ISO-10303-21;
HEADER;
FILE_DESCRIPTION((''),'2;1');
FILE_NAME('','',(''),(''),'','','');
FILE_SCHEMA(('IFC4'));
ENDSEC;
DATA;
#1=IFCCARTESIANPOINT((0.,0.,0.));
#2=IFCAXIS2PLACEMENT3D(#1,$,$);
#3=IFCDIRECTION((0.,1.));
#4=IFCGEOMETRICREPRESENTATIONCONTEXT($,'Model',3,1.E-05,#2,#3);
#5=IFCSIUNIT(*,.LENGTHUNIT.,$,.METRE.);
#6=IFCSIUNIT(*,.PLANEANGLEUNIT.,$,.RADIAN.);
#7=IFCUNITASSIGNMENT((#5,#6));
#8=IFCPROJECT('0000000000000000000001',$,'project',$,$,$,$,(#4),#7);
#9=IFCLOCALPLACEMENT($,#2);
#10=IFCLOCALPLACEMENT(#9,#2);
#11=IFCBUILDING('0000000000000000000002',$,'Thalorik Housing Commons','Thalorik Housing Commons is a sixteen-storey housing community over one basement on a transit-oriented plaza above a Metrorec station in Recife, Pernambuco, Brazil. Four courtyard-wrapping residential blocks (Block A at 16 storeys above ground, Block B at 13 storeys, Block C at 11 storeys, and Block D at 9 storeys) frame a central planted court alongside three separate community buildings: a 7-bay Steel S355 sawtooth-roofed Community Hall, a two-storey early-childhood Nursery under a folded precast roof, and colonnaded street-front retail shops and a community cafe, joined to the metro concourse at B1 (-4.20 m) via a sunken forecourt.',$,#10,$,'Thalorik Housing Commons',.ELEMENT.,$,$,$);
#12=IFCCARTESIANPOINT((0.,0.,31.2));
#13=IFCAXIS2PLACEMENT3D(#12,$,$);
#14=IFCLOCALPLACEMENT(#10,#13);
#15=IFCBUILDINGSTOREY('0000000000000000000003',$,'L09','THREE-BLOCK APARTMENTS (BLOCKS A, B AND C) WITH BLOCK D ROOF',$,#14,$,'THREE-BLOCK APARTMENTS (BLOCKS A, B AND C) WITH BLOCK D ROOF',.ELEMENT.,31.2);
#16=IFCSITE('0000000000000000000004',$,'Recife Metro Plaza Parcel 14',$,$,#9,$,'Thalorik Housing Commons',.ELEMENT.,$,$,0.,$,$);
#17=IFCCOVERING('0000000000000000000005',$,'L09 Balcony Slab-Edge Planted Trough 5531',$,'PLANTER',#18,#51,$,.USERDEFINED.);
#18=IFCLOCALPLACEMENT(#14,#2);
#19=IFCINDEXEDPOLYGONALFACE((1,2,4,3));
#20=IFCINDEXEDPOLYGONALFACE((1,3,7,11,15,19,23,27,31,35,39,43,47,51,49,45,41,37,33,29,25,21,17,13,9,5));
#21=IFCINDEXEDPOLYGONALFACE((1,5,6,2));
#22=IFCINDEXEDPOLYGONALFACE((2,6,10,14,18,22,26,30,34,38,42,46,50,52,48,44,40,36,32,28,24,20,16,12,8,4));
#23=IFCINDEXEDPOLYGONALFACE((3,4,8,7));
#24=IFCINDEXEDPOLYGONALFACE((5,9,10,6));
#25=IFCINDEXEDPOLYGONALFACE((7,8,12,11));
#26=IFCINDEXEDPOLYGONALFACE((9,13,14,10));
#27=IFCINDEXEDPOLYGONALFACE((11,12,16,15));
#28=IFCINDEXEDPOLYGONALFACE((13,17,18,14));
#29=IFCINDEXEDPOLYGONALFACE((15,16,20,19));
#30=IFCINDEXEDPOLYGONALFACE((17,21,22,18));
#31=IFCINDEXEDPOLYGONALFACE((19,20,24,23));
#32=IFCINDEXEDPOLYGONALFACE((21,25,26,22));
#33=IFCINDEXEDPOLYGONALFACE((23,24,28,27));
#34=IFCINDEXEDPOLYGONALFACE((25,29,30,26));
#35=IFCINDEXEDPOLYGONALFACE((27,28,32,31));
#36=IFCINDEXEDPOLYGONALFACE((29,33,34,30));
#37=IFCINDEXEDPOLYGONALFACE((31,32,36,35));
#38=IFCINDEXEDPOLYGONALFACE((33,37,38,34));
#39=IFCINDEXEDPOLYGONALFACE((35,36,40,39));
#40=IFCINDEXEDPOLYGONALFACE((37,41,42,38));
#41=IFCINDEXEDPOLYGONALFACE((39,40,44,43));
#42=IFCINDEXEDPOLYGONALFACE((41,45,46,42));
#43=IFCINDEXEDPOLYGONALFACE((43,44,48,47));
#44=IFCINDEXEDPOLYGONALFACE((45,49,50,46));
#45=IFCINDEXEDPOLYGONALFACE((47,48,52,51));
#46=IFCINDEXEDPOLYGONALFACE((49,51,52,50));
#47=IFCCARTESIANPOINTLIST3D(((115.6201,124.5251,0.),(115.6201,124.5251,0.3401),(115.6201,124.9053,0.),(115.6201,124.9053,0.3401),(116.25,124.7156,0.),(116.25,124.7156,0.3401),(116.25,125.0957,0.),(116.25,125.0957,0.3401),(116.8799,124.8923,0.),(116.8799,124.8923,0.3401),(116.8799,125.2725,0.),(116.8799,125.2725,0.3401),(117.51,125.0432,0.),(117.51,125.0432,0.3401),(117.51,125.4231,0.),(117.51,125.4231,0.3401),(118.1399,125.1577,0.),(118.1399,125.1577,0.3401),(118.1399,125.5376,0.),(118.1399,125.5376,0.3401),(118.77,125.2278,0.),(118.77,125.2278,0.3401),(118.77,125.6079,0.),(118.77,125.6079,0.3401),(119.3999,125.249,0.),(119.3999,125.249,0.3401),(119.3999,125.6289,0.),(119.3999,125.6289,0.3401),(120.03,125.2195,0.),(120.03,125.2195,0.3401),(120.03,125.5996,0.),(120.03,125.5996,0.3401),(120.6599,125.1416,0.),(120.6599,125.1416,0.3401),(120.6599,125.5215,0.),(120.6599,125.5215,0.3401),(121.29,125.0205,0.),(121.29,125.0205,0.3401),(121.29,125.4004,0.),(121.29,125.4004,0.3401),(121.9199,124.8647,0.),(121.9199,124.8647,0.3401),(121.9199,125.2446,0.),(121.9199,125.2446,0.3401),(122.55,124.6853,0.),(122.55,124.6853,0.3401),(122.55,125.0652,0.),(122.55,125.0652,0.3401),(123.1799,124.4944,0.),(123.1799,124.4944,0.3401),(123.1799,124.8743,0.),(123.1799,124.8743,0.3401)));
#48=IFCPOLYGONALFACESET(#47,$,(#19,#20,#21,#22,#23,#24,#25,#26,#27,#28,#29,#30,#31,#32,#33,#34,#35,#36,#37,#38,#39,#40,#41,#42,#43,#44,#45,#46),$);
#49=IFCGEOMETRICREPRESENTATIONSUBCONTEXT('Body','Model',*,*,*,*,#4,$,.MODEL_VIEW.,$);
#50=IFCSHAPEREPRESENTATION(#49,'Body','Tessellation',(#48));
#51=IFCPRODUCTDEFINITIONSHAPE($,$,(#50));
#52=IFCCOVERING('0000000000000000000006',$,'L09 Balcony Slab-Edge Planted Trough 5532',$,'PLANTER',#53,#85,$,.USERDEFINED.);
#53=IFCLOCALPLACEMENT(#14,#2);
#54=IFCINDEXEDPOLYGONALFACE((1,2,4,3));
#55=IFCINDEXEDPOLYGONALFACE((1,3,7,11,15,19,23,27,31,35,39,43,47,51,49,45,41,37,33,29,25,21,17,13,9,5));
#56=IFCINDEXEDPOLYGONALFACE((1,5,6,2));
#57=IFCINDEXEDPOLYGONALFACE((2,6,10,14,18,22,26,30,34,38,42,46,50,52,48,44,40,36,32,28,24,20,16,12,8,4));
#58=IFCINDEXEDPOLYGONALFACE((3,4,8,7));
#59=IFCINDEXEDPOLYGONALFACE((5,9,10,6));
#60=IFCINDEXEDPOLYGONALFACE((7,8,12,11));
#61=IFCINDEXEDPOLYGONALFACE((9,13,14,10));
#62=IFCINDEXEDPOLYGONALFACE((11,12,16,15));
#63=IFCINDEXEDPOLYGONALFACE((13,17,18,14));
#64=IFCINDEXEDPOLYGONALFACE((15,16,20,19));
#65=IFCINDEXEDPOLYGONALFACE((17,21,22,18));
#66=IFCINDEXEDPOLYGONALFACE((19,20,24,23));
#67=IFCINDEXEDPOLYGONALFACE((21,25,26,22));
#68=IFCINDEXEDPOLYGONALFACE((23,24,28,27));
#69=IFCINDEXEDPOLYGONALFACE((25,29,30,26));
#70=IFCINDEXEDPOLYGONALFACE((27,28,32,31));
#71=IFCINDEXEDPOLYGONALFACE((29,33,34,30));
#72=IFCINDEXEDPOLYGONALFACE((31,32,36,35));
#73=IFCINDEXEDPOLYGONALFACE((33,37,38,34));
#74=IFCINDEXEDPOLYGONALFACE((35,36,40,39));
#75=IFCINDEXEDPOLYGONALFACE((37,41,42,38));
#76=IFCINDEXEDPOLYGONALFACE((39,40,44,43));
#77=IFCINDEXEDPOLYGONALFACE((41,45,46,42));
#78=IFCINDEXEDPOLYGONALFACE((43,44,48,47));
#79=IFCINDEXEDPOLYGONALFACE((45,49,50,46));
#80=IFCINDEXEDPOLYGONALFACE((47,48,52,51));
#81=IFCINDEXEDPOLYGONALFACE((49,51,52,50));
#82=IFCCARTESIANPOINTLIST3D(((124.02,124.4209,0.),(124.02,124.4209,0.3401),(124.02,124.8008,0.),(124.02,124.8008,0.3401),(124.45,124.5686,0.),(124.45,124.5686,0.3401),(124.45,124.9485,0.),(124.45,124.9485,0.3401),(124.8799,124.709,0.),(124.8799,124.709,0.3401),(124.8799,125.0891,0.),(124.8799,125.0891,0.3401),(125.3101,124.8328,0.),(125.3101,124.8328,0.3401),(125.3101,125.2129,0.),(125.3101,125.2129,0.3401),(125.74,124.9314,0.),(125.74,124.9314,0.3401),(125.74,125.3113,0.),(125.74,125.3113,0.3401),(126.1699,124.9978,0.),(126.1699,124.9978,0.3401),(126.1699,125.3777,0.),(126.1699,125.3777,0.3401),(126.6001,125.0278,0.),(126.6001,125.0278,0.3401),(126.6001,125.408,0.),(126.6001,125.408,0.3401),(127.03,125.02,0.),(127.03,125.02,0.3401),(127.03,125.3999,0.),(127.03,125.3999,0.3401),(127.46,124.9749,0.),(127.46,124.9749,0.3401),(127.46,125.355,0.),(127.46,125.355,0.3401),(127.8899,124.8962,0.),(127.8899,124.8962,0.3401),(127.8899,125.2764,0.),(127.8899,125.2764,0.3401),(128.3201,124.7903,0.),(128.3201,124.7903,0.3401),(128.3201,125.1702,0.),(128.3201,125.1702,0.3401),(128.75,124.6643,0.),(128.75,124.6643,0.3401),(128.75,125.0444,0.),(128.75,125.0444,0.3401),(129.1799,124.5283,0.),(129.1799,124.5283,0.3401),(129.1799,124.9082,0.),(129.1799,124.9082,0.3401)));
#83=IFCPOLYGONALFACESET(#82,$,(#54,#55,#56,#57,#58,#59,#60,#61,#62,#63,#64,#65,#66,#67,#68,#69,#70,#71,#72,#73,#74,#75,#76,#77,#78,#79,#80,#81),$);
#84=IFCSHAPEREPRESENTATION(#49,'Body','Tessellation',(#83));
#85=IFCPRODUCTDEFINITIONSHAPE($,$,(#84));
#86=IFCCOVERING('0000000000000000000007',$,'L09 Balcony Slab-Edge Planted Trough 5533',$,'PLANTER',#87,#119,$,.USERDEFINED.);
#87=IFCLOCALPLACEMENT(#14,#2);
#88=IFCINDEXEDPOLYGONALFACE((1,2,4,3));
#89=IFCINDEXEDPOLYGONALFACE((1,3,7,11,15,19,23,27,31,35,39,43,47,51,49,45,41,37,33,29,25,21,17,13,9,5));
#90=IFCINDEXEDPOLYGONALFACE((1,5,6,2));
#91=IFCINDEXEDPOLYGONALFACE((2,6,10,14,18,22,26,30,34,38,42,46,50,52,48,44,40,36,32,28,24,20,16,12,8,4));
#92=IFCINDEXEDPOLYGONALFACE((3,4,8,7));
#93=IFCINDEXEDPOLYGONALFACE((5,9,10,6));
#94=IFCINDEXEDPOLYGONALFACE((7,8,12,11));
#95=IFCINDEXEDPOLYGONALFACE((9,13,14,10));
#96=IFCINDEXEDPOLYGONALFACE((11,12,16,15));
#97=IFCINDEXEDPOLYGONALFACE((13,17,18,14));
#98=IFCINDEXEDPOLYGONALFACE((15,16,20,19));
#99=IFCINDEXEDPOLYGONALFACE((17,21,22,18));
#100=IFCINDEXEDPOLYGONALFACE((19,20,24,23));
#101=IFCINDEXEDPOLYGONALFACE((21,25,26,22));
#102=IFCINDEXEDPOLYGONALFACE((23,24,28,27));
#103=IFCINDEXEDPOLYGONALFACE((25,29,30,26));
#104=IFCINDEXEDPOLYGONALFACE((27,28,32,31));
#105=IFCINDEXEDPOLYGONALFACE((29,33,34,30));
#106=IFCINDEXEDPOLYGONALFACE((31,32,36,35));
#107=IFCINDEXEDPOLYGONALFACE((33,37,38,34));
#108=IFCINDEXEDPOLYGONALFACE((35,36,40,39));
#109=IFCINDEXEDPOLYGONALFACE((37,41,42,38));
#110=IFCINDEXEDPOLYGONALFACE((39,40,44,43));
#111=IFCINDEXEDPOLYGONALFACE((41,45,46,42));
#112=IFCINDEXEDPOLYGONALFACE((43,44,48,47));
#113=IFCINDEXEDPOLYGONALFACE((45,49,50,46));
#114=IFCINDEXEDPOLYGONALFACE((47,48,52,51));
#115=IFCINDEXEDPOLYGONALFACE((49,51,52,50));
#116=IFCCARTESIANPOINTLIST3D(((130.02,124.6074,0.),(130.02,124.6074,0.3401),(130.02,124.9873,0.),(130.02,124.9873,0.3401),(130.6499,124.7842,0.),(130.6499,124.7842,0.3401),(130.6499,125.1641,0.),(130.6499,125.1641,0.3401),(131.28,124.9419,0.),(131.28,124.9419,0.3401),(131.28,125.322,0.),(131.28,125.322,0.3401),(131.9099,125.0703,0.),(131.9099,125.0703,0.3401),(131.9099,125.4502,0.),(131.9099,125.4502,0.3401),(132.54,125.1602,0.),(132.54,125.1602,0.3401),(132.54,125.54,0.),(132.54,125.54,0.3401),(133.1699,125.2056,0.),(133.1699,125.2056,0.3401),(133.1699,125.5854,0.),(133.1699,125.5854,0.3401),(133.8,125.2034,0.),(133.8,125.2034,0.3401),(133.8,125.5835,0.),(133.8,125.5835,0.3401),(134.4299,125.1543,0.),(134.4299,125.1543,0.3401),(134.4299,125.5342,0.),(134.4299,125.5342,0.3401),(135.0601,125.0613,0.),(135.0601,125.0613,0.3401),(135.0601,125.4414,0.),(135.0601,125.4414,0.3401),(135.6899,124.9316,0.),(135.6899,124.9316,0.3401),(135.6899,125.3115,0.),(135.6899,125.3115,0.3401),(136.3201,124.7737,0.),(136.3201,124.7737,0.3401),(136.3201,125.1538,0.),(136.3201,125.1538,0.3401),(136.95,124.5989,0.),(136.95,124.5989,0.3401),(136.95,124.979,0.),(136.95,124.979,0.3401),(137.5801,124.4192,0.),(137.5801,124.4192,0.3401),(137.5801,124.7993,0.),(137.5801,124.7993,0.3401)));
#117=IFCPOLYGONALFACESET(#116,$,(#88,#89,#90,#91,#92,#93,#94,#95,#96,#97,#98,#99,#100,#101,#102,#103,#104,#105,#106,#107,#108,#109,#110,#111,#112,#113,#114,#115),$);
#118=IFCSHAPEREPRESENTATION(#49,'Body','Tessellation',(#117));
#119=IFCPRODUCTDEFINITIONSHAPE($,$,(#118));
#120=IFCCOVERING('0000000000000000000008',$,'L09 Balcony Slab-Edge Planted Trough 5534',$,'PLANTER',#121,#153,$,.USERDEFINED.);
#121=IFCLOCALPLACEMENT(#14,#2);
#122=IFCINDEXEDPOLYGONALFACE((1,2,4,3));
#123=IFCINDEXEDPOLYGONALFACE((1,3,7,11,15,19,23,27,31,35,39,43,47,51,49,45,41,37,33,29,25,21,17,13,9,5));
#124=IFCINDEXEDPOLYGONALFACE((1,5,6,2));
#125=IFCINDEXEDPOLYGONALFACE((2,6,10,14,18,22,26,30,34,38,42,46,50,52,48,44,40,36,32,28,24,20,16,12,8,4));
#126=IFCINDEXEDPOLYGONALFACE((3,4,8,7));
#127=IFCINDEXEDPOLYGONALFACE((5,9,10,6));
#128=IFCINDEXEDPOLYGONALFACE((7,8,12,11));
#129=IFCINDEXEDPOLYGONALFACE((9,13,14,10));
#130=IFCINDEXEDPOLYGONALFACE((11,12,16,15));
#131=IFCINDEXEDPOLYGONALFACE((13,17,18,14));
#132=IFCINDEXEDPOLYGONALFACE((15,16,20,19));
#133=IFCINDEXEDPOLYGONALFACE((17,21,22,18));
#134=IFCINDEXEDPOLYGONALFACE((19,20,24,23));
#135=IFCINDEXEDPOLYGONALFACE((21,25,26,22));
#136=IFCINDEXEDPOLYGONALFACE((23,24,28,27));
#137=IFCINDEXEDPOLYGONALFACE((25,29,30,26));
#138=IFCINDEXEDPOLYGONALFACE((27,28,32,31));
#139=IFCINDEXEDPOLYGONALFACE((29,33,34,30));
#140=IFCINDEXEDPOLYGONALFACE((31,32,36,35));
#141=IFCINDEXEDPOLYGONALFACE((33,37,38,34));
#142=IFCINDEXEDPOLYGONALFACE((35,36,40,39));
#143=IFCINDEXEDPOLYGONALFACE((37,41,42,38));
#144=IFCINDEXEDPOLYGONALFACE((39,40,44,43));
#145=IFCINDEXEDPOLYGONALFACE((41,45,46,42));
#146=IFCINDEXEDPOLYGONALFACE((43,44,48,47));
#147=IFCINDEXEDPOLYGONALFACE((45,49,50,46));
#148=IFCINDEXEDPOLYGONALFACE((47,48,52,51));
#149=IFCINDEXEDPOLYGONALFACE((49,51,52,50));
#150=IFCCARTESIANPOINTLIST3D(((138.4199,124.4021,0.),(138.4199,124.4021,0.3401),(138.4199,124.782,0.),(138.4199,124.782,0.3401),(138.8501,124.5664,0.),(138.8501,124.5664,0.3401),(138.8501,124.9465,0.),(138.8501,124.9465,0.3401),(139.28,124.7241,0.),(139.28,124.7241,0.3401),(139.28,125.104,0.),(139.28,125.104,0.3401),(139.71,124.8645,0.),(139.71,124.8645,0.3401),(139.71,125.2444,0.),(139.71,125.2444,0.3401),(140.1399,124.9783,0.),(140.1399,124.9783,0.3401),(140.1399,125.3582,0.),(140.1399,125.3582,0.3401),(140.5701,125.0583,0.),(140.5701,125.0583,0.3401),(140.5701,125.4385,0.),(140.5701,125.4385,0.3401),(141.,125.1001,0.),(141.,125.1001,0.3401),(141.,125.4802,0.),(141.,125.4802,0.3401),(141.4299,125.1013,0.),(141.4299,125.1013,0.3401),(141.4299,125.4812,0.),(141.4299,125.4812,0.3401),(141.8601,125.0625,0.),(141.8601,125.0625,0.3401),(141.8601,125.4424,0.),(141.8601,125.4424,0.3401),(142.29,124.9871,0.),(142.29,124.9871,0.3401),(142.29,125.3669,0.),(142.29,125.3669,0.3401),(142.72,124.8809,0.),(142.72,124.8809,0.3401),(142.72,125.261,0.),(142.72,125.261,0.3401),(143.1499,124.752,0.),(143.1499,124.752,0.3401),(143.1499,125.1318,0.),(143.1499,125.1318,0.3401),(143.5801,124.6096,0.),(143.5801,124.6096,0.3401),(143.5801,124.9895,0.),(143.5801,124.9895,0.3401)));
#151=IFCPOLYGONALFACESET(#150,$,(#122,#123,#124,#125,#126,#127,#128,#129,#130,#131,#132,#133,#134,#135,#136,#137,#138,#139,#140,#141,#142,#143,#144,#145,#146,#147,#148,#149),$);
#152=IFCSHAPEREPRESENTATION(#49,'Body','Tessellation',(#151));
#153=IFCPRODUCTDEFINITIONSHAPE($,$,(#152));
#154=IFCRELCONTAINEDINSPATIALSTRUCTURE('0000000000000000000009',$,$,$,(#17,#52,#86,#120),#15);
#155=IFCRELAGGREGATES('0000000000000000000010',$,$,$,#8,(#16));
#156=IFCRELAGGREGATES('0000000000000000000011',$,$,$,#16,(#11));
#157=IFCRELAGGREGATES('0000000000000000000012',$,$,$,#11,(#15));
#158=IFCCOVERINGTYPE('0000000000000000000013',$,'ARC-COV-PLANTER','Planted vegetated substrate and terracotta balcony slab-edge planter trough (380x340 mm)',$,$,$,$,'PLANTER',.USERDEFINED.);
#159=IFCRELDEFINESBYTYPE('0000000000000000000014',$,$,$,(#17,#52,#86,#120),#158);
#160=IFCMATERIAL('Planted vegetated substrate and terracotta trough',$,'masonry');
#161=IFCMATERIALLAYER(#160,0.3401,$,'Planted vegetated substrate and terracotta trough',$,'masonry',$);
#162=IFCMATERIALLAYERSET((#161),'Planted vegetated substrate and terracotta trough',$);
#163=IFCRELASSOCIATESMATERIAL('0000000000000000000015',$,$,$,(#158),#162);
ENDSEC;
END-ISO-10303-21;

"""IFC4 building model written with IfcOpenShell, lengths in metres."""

from ifc_helpers import new_model, si_unit, direction, frame, origin, place, context, subcontext, project, spatial, polyline, outline, extrude, material, layer, layer_set, type_object, element, save


model = new_model("IFC4")

# Units and contexts
model_context = context("Model", 3, precision=1e-05, world=origin(), true_north=direction((0.0, 1.0)))
body_context = subcontext(model_context, "Body", "Model", "MODEL_VIEW")
ifc_project = project(units=[si_unit("LENGTHUNIT", "METRE"), si_unit("PLANEANGLEUNIT", "RADIAN")], contexts=[model_context])

# Site, building, storey
site_placement = place(None, origin())
site = spatial("IfcSite", under=ifc_project, at=site_placement, Name="Recife Metro Plaza Parcel 14", LongName="Thalorik Housing Commons", CompositionType="ELEMENT", RefElevation=0.0)
building_placement = place(site_placement, origin())
building = spatial("IfcBuilding", under=site, at=building_placement, Name="Thalorik Housing Commons", Description="Thalorik Housing Commons is a sixteen-storey housing community over one basement on a transit-oriented plaza above a Metrorec station in Recife, Pernambuco, Brazil. Four courtyard-wrapping residential blocks (Block A at 16 storeys above ground, Block B at 13 storeys, Block C at 11 storeys, and Block D at 9 storeys) frame a central planted court alongside three separate community buildings: a 7-bay Steel S355 sawtooth-roofed Community Hall, a two-storey early-childhood Nursery under a folded precast roof, and colonnaded street-front retail shops and a community cafe, joined to the metro concourse at B1 (-4.20 m) via a sunken forecourt.", LongName="Thalorik Housing Commons", CompositionType="ELEMENT")
storey_placement = place(building_placement, frame((0.0, 0.0, 31.2)))
storey = spatial("IfcBuildingStorey", under=building, at=storey_placement, Name="L09", Description="THREE-BLOCK APARTMENTS (BLOCKS A, B AND C) WITH BLOCK D ROOF", LongName="THREE-BLOCK APARTMENTS (BLOCKS A, B AND C) WITH BLOCK D ROOF", CompositionType="ELEMENT", Elevation=31.2)

# Coverings
ifc_material_1 = material(Name="Planted vegetated substrate and terracotta trough", Category="masonry")
ifc_layer_1 = layer(ifc_material_1, 0.3401, Name="Planted vegetated substrate and terracotta trough", Category="masonry")
ifc_layer_set_1 = layer_set([ifc_layer_1], Name="Planted vegetated substrate and terracotta trough")
covering_type_1 = type_object("IfcCoveringType", Name="ARC-COV-PLANTER", Description="Planted vegetated substrate and terracotta balcony slab-edge planter trough (380x340 mm)", ElementType="PLANTER", PredefinedType="USERDEFINED", material=ifc_layer_set_1)
covering_1_placement = place(storey_placement, origin())
element("IfcCovering", 1, at=covering_1_placement, inside=storey, type_object=covering_type_1, Name="L09 Balcony Slab-Edge Planted Trough 5531", ObjectType="PLANTER", PredefinedType="USERDEFINED", context=body_context, shape_type="SweptSolid", body=[
    extrude(outline(polyline([(123.1799, 124.8743), (122.55, 125.0652), (121.9199, 125.2446), (121.29, 125.4004), (120.6599, 125.5215), (120.03, 125.5996), (119.3999, 125.6289), (118.77, 125.6079), (118.1399, 125.5376), (117.51, 125.4231), (116.8799, 125.2725), (116.25, 125.0957), (115.6201, 124.9053), (115.6201, 124.5251), (116.25, 124.7156), (116.8799, 124.8923), (117.51, 125.0432), (118.1399, 125.1577), (118.77, 125.2278), (119.3999, 125.249), (120.03, 125.2195), (120.6599, 125.1416), (121.29, 125.0205), (121.9199, 124.8647), (122.55, 124.6853), (123.1799, 124.4944), (123.1799, 124.8743)])), origin(), (0.0, 0.0, 1.0), 0.3401),
])
covering_2_placement = place(storey_placement, origin())
element("IfcCovering", 2, at=covering_2_placement, inside=storey, type_object=covering_type_1, Name="L09 Balcony Slab-Edge Planted Trough 5532", ObjectType="PLANTER", PredefinedType="USERDEFINED", context=body_context, shape_type="SweptSolid", body=[
    extrude(outline(polyline([(129.1799, 124.9082), (128.75, 125.0444), (128.3201, 125.1702), (127.8899, 125.2764), (127.46, 125.355), (127.03, 125.3999), (126.6001, 125.408), (126.1699, 125.3777), (125.74, 125.3113), (125.3101, 125.2129), (124.8799, 125.0891), (124.45, 124.9485), (124.02, 124.8008), (124.02, 124.4209), (124.45, 124.5686), (124.8799, 124.709), (125.3101, 124.8328), (125.74, 124.9314), (126.1699, 124.9978), (126.6001, 125.0278), (127.03, 125.02), (127.46, 124.9749), (127.8899, 124.8962), (128.3201, 124.7903), (128.75, 124.6643), (129.1799, 124.5283), (129.1799, 124.9082)])), origin(), (0.0, 0.0, 1.0), 0.3401),
])
covering_3_placement = place(storey_placement, origin())
element("IfcCovering", 3, at=covering_3_placement, inside=storey, type_object=covering_type_1, Name="L09 Balcony Slab-Edge Planted Trough 5533", ObjectType="PLANTER", PredefinedType="USERDEFINED", context=body_context, shape_type="SweptSolid", body=[
    extrude(outline(polyline([(137.5801, 124.7993), (136.95, 124.979), (136.3201, 125.1538), (135.6899, 125.3115), (135.0601, 125.4414), (134.4299, 125.5342), (133.8, 125.5835), (133.1699, 125.5854), (132.54, 125.54), (131.9099, 125.4502), (131.28, 125.322), (130.6499, 125.1641), (130.02, 124.9873), (130.02, 124.6074), (130.6499, 124.7842), (131.28, 124.9419), (131.9099, 125.0703), (132.54, 125.1602), (133.1699, 125.2056), (133.8, 125.2034), (134.4299, 125.1543), (135.0601, 125.0613), (135.6899, 124.9316), (136.3201, 124.7737), (136.95, 124.5989), (137.5801, 124.4192), (137.5801, 124.7993)])), origin(), (0.0, 0.0, 1.0), 0.3401),
])
covering_4_placement = place(storey_placement, origin())
element("IfcCovering", 4, at=covering_4_placement, inside=storey, type_object=covering_type_1, Name="L09 Balcony Slab-Edge Planted Trough 5534", ObjectType="PLANTER", PredefinedType="USERDEFINED", context=body_context, shape_type="SweptSolid", body=[
    extrude(outline(polyline([(143.5801, 124.9895), (143.1499, 125.1318), (142.72, 125.261), (142.29, 125.3669), (141.8601, 125.4424), (141.4299, 125.4812), (141.0, 125.4802), (140.5701, 125.4385), (140.1399, 125.3582), (139.71, 125.2444), (139.28, 125.104), (138.8501, 124.9465), (138.4199, 124.782), (138.4199, 124.4021), (138.8501, 124.5664), (139.28, 124.7241), (139.71, 124.8645), (140.1399, 124.9783), (140.5701, 125.0583), (141.0, 125.1001), (141.4299, 125.1013), (141.8601, 125.0625), (142.29, 124.9871), (142.72, 124.8809), (143.1499, 124.752), (143.5801, 124.6096), (143.5801, 124.9895)])), origin(), (0.0, 0.0, 1.0), 0.3401),
])

save(model, "model.ifc")
